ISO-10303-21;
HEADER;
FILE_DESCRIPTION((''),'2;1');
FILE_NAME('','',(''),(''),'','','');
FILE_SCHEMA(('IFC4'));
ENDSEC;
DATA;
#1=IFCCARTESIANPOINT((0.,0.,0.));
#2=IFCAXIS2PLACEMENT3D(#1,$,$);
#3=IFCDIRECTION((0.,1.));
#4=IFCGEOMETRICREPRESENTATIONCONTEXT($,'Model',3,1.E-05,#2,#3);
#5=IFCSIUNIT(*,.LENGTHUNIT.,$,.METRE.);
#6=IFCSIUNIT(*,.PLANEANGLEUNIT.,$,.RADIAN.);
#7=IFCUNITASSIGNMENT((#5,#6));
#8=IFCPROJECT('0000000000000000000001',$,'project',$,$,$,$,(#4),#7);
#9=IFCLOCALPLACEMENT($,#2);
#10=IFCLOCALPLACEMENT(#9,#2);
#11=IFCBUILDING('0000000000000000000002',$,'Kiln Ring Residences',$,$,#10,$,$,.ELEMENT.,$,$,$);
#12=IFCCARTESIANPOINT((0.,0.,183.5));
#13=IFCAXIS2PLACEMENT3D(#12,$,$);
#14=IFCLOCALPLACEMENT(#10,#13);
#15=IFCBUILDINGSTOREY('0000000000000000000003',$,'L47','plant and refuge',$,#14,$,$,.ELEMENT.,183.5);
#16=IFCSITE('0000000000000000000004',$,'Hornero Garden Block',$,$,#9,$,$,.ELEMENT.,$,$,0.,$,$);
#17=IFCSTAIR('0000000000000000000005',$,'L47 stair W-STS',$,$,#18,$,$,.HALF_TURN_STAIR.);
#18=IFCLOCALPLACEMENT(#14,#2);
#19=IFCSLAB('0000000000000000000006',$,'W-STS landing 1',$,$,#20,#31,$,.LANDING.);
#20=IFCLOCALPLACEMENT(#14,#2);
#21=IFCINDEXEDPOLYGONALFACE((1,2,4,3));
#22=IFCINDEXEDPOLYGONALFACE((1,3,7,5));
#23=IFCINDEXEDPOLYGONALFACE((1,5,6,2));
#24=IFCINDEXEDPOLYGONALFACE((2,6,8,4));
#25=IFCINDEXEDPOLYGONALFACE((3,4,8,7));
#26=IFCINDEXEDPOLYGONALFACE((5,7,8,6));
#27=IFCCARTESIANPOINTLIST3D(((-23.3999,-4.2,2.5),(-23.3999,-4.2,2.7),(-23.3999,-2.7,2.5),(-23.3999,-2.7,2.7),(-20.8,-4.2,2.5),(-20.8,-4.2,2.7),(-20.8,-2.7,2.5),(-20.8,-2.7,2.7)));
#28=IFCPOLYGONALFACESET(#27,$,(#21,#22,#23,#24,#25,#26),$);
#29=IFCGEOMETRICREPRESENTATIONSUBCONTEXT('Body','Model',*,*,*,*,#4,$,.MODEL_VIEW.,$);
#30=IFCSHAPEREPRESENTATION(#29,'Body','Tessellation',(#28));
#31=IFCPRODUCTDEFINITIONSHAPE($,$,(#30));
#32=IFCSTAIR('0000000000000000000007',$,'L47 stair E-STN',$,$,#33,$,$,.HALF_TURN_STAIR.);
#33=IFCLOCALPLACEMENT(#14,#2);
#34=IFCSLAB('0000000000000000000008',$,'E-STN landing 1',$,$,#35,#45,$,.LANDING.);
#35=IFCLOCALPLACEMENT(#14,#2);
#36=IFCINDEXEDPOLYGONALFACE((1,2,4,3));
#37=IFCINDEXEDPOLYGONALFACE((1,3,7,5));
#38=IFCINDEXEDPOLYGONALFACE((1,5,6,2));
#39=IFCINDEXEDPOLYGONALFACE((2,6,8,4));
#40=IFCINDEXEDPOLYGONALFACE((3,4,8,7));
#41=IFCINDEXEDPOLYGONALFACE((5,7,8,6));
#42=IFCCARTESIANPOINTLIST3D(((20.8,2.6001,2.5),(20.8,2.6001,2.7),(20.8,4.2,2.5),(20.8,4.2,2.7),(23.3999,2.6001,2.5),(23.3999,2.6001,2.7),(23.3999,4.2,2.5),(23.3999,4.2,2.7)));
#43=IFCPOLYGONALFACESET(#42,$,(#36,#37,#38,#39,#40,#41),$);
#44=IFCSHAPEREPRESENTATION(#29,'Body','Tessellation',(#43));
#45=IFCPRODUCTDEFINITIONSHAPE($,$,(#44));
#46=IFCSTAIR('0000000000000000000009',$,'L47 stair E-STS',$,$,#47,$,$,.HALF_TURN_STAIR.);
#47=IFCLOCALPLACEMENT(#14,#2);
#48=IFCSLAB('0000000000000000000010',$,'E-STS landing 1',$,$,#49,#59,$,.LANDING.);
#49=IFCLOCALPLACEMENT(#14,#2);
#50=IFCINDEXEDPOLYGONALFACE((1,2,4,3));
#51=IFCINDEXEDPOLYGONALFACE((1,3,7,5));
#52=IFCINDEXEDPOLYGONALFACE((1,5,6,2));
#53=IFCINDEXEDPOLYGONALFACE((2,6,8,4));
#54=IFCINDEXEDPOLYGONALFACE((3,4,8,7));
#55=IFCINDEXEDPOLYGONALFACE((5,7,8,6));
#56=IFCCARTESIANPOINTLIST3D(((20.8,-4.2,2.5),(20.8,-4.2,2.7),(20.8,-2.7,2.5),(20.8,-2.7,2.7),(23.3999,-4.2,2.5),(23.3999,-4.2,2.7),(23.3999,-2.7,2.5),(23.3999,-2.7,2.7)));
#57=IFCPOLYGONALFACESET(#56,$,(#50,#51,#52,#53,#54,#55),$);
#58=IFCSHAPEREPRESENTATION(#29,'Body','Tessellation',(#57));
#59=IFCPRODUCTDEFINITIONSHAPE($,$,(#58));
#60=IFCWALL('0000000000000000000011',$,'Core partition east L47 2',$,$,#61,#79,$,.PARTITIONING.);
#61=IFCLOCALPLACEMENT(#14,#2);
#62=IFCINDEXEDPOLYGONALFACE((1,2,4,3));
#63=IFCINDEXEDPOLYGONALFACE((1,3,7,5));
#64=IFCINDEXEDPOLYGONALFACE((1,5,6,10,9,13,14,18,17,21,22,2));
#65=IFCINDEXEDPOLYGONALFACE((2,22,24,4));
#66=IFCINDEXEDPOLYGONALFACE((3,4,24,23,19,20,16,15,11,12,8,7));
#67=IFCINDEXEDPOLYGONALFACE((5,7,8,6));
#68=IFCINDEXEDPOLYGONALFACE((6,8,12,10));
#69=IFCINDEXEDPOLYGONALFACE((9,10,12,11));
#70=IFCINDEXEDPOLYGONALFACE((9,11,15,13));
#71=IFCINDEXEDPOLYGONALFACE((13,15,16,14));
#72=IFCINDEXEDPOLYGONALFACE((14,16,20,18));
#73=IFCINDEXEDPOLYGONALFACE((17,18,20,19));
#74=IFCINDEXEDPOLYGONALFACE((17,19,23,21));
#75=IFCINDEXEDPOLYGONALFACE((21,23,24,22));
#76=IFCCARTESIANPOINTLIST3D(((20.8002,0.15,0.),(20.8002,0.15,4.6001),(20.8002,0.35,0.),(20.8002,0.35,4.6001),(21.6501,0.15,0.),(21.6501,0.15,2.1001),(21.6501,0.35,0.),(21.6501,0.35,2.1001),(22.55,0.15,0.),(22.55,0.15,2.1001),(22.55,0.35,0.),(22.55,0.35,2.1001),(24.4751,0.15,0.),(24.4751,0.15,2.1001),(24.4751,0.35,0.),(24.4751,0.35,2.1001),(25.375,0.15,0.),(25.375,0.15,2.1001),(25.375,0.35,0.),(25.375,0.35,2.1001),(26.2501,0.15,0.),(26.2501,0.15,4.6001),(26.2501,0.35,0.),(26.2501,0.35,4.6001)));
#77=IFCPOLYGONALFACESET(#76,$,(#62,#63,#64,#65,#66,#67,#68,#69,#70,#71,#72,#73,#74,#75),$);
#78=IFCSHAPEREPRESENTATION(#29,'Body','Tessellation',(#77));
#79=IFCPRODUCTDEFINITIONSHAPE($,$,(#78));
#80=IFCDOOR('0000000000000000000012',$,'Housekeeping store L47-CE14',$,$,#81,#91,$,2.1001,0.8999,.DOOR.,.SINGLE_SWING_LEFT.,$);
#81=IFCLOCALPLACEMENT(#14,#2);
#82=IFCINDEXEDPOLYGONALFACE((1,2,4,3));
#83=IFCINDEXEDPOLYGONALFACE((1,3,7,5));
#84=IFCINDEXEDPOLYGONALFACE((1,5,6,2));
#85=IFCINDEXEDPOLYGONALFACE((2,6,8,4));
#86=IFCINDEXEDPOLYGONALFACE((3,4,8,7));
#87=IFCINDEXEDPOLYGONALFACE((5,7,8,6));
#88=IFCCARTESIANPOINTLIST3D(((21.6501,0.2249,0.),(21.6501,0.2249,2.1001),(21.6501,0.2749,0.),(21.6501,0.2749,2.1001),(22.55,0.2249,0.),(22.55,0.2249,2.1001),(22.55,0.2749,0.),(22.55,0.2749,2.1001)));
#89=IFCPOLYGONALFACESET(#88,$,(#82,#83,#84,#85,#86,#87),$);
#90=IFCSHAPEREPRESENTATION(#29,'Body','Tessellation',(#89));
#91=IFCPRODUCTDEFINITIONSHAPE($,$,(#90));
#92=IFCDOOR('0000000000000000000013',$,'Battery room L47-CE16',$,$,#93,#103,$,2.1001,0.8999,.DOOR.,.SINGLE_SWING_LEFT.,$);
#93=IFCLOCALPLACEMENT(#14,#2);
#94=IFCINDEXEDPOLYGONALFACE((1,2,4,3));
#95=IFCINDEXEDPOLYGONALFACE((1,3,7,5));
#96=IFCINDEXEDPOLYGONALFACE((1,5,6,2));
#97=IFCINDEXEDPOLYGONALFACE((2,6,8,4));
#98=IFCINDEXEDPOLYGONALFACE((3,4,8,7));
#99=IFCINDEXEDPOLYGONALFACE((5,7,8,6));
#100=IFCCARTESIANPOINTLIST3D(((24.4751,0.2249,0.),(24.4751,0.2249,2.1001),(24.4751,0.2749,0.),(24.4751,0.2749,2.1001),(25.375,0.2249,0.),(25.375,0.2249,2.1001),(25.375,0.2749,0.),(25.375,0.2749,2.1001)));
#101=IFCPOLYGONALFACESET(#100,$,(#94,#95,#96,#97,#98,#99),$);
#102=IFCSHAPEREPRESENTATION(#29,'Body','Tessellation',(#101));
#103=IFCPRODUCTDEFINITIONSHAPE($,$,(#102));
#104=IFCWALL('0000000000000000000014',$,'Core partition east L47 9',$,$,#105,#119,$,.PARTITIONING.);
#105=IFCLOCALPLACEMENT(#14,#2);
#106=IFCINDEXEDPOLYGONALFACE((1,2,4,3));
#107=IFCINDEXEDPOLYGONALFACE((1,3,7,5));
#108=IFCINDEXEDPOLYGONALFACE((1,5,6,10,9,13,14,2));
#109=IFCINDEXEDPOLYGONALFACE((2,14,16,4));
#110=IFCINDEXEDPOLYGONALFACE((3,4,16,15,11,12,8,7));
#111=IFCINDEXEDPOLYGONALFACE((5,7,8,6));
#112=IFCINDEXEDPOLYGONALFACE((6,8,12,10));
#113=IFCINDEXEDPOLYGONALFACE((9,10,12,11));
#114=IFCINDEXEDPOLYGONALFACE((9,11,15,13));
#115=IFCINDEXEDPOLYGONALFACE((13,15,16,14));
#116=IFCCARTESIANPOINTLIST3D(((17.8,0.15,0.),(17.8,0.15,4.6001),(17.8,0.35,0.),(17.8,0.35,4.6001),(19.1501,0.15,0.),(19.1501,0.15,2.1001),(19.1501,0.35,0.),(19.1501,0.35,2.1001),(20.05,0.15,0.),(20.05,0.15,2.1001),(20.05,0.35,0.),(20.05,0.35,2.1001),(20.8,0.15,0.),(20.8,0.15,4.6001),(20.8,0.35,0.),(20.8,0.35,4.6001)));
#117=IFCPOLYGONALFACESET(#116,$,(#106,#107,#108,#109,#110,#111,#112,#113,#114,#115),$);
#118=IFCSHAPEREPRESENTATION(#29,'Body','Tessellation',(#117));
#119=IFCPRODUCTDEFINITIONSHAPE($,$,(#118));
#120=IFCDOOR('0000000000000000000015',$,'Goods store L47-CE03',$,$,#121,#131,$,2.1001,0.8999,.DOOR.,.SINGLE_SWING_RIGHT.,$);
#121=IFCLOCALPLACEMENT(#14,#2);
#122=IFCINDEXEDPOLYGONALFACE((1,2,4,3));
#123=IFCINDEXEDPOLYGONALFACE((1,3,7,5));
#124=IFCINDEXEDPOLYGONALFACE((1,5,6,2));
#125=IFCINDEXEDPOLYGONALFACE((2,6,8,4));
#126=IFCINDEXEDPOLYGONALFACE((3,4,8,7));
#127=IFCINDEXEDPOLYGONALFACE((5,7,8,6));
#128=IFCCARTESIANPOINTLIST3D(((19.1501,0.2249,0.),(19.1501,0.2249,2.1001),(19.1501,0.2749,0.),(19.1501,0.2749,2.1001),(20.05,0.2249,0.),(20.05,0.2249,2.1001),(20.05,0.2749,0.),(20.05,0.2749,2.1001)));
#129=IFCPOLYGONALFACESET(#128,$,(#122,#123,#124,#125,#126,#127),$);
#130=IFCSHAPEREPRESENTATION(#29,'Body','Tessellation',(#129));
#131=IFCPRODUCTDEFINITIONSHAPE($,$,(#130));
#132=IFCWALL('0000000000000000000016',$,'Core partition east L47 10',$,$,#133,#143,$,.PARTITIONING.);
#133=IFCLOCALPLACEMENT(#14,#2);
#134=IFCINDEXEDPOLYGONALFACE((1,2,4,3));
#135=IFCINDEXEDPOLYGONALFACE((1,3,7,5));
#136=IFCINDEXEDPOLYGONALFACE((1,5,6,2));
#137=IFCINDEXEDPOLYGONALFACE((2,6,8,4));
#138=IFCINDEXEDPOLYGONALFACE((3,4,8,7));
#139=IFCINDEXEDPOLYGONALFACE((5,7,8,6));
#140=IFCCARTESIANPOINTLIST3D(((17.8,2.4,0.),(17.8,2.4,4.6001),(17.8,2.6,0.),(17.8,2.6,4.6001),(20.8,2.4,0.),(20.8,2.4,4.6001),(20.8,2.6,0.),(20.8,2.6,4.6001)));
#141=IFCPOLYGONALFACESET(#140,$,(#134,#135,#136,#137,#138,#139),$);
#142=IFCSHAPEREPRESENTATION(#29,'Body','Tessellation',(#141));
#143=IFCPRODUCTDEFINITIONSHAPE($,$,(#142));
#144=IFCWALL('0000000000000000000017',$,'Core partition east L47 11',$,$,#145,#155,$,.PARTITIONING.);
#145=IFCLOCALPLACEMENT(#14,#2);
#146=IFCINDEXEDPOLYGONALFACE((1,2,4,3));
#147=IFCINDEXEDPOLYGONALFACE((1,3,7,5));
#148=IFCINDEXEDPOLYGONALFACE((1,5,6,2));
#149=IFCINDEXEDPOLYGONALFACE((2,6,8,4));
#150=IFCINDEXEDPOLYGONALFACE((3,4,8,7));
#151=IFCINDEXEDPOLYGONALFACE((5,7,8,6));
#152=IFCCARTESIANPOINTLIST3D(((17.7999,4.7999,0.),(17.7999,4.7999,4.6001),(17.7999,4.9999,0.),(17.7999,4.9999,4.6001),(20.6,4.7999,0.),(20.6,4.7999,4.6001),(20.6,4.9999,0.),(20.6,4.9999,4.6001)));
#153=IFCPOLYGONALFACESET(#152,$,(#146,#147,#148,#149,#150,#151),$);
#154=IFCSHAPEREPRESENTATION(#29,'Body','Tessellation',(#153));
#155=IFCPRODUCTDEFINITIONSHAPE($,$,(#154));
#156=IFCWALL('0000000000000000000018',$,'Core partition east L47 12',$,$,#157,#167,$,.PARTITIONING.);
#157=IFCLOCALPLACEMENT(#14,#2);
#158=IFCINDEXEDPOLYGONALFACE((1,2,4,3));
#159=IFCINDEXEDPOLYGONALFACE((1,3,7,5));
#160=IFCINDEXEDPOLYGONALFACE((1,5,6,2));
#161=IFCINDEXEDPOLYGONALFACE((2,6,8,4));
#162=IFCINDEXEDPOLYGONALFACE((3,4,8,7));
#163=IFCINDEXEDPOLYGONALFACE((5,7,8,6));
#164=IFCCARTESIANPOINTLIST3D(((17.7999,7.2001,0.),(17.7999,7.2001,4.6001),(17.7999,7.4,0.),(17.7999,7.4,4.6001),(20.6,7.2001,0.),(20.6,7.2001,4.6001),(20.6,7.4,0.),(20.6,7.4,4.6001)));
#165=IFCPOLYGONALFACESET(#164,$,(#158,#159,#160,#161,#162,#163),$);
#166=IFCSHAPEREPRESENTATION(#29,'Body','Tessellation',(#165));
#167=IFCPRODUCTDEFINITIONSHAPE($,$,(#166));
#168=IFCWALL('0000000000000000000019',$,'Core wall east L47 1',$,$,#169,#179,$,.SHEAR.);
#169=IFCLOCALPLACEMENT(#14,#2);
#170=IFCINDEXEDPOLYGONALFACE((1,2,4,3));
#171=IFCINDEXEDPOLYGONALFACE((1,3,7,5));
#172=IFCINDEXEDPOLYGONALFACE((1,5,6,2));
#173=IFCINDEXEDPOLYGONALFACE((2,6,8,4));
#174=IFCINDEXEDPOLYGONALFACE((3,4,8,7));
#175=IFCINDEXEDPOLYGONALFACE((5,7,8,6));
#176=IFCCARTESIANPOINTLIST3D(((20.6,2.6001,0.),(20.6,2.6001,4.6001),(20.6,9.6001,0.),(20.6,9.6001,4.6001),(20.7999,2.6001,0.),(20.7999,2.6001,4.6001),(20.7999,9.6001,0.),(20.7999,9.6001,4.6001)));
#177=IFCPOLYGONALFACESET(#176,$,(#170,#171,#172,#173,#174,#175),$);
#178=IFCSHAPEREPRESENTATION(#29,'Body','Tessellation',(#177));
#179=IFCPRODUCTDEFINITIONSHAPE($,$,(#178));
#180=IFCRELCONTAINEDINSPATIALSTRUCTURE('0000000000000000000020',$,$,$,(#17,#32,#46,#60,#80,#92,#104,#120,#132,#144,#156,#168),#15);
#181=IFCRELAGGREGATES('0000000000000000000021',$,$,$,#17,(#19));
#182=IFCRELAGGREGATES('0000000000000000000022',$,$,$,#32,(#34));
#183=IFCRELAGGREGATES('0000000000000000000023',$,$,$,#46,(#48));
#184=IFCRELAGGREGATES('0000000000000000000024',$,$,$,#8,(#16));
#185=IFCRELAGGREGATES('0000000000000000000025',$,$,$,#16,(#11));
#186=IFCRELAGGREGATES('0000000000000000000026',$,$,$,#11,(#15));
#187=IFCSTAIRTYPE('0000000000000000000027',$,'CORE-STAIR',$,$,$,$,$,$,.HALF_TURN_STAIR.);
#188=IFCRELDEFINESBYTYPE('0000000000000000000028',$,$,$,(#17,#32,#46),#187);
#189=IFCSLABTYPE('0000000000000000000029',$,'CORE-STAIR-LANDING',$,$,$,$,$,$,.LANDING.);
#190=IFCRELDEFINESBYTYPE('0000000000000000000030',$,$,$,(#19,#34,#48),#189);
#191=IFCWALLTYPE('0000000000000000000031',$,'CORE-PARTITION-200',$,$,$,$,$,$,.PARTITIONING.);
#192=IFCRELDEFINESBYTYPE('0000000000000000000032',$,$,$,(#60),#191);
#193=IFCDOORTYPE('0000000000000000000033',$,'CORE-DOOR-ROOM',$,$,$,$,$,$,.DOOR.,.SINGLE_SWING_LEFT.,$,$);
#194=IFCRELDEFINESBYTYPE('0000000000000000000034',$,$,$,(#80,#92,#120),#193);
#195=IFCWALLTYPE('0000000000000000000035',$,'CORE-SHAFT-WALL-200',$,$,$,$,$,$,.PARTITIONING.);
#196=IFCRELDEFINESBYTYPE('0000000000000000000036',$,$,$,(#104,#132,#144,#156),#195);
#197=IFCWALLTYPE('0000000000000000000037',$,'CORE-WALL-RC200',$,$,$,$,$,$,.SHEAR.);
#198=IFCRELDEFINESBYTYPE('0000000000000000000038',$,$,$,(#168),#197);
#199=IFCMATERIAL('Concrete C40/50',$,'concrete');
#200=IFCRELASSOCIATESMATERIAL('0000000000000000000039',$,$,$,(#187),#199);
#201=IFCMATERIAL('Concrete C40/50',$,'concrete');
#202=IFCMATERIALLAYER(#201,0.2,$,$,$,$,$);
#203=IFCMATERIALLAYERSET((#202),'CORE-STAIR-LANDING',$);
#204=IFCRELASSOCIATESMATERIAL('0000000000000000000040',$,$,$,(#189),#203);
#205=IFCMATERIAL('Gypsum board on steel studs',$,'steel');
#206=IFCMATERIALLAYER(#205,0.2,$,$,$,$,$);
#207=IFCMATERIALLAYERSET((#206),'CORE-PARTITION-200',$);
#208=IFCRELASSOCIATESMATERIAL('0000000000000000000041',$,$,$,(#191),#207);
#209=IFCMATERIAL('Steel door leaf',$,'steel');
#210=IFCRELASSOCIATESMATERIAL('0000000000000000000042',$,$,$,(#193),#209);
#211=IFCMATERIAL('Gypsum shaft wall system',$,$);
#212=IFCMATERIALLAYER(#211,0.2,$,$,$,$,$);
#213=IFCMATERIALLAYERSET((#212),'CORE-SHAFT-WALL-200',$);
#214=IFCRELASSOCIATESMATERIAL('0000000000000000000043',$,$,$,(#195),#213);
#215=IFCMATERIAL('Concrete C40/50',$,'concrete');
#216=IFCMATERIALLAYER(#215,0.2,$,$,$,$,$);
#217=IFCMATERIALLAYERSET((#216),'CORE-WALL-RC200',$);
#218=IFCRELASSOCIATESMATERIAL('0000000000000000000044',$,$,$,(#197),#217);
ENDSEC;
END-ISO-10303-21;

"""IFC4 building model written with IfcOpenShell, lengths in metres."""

from ifc_helpers import new_model, si_unit, direction, frame, frame_2d, origin, place, context, subcontext, project, spatial, polyline, rectangle, outline, extrude, material, layer, layer_set, type_object, element, fill, aggregate, save


model = new_model("IFC4")

# Units and contexts
model_context = context("Model", 3, precision=1e-05, world=origin(), true_north=direction((0.0, 1.0)))
body_context = subcontext(model_context, "Body", "Model", "MODEL_VIEW")
ifc_project = project(units=[si_unit("LENGTHUNIT", "METRE"), si_unit("PLANEANGLEUNIT", "RADIAN")], contexts=[model_context])

# Site, building, storey
site_placement = place(None, origin())
site = spatial("IfcSite", under=ifc_project, at=site_placement, Name="Hornero Garden Block", CompositionType="ELEMENT", RefElevation=0.0)
building_placement = place(site_placement, origin())
building = spatial("IfcBuilding", under=site, at=building_placement, Name="Kiln Ring Residences", CompositionType="ELEMENT")
storey_placement = place(building_placement, frame((0.0, 0.0, 183.5)))
storey = spatial("IfcBuildingStorey", under=building, at=storey_placement, Name="L47", Description="plant and refuge", CompositionType="ELEMENT", Elevation=183.5)

# Stairs, slabs
ifc_material_1 = material(Name="Concrete C40/50", Category="concrete")
stair_type = type_object("IfcStairType", Name="CORE-STAIR", PredefinedType="HALF_TURN_STAIR", material=ifc_material_1)
placement_1 = place(storey_placement, origin())
stair_1 = element("IfcStair", 1, at=placement_1, inside=storey, type_object=stair_type, Name="L47 stair W-STS", PredefinedType="HALF_TURN_STAIR")
ifc_material_2 = material(Name="Concrete C40/50", Category="concrete")
ifc_layer_1 = layer(ifc_material_2, 0.2)
ifc_layer_set_1 = layer_set([ifc_layer_1], Name="CORE-STAIR-LANDING")
slab_type = type_object("IfcSlabType", Name="CORE-STAIR-LANDING", PredefinedType="LANDING", material=ifc_layer_set_1)
placement_2 = place(storey_placement, frame((0.0, 0.0, 2.5)))
slab_1 = element("IfcSlab", 2, at=placement_2, type_object=slab_type, Name="W-STS landing 1", PredefinedType="LANDING", context=body_context, shape_type="SweptSolid", body=[
    extrude(outline(polyline([(-20.8, -4.2), (-20.8, -2.7), (-23.3999, -2.7), (-23.3999, -4.2), (-20.8, -4.2)])), origin(), (0.0, 0.0, 1.0), 0.2),
])
aggregate(stair_1, [slab_1])
stair_2 = element("IfcStair", 3, at=placement_1, inside=storey, type_object=stair_type, Name="L47 stair E-STN", PredefinedType="HALF_TURN_STAIR")
slab_2 = element("IfcSlab", 4, at=placement_2, type_object=slab_type, Name="E-STN landing 1", PredefinedType="LANDING", context=body_context, shape_type="SweptSolid", body=[
    extrude(outline(polyline([(20.8, 4.2), (20.8, 2.6001), (23.3999, 2.6001), (23.3999, 4.2), (20.8, 4.2)])), origin(), (0.0, 0.0, 1.0), 0.2),
])
aggregate(stair_2, [slab_2])
stair_3 = element("IfcStair", 5, at=placement_1, inside=storey, type_object=stair_type, Name="L47 stair E-STS", PredefinedType="HALF_TURN_STAIR")
slab_3 = element("IfcSlab", 6, at=placement_2, type_object=slab_type, Name="E-STS landing 1", PredefinedType="LANDING", context=body_context, shape_type="SweptSolid", body=[
    extrude(outline(polyline([(23.3999, -4.2), (23.3999, -2.7), (20.8, -2.7), (20.8, -4.2), (23.3999, -4.2)])), origin(), (0.0, 0.0, 1.0), 0.2),
])
aggregate(stair_3, [slab_3])

# Wall, openings, doors
ifc_material_3 = material(Name="Gypsum board on steel studs", Category="steel")
ifc_layer_2 = layer(ifc_material_3, 0.2)
ifc_layer_set_2 = layer_set([ifc_layer_2], Name="CORE-PARTITION-200")
wall_type_1 = type_object("IfcWallType", Name="CORE-PARTITION-200", PredefinedType="PARTITIONING", material=ifc_layer_set_2)
wall_1_placement = place(storey_placement, frame((20.8, 0.25, 0.0), z_axis=(0.0, 0.0, 1.0), x_axis=(1.0, 0.0, 0.0)))
wall_1 = element("IfcWall", 7, at=wall_1_placement, inside=storey, type_object=wall_type_1, Name="Core partition east L47 2", PredefinedType="PARTITIONING", context=body_context, shape_type="SweptSolid", body=[
    extrude(rectangle(XDim=5.45, YDim=0.2, at=frame_2d((2.7251, 0.0))), origin(), (0.0, 0.0, 1.0), 4.6001),
])
opening_1_placement = place(wall_1_placement, frame((0.8501, 0.0, 0.0)))
opening_1 = element("IfcOpeningElement", 8, at=opening_1_placement, cuts=wall_1, PredefinedType="OPENING", context=body_context, shape_type="SweptSolid", body=[
    extrude(rectangle(XDim=0.8999, YDim=2.1001, at=frame_2d((0.45, 1.05))), frame((0.0, 0.1099, 0.0), z_axis=(0.0, -1.0, 0.0), x_axis=(1.0, 0.0, 0.0)), (0.0, 0.0, 1.0), 0.22),
])
opening_2_placement = place(wall_1_placement, frame((3.675, 0.0, 0.0)))
opening_2 = element("IfcOpeningElement", 9, at=opening_2_placement, cuts=wall_1, PredefinedType="OPENING", context=body_context, shape_type="SweptSolid", body=[
    extrude(rectangle(XDim=0.8999, YDim=2.1001, at=frame_2d((0.45, 1.05))), frame((0.0, 0.1099, 0.0), z_axis=(0.0, -1.0, 0.0), x_axis=(1.0, 0.0, 0.0)), (0.0, 0.0, 1.0), 0.22),
])
ifc_material_4 = material(Name="Steel door leaf", Category="steel")
door_type = type_object("IfcDoorType", Name="CORE-DOOR-ROOM", OperationType="SINGLE_SWING_LEFT", PredefinedType="DOOR", material=ifc_material_4)
door_1_placement = place(opening_1_placement, origin())
door_1 = element("IfcDoor", 10, at=door_1_placement, inside=storey, type_object=door_type, Name="Housekeeping store L47-CE14", OperationType="SINGLE_SWING_LEFT", OverallHeight=2.1001, OverallWidth=0.8999, PredefinedType="DOOR", context=body_context, shape_type="SweptSolid", body=[
    extrude(rectangle(XDim=0.8999, YDim=2.1001, at=frame_2d((0.45, 1.05))), frame((0.0, 0.0249, 0.0), z_axis=(0.0, -1.0, 0.0), x_axis=(1.0, 0.0, 0.0)), (0.0, 0.0, 1.0), 0.05),
])
fill(opening_1, door_1)
door_2_placement = place(opening_2_placement, origin())
door_2 = element("IfcDoor", 11, at=door_2_placement, inside=storey, type_object=door_type, Name="Battery room L47-CE16", OperationType="SINGLE_SWING_LEFT", OverallHeight=2.1001, OverallWidth=0.8999, PredefinedType="DOOR", context=body_context, shape_type="SweptSolid", body=[
    extrude(rectangle(XDim=0.8999, YDim=2.1001, at=frame_2d((0.45, 1.05))), frame((0.0, 0.0249, 0.0), z_axis=(0.0, -1.0, 0.0), x_axis=(1.0, 0.0, 0.0)), (0.0, 0.0, 1.0), 0.05),
])
fill(opening_2, door_2)

# Wall, opening, door
ifc_material_5 = material(Name="Gypsum shaft wall system")
ifc_layer_3 = layer(ifc_material_5, 0.2)
ifc_layer_set_3 = layer_set([ifc_layer_3], Name="CORE-SHAFT-WALL-200")
wall_type_2 = type_object("IfcWallType", Name="CORE-SHAFT-WALL-200", PredefinedType="PARTITIONING", material=ifc_layer_set_3)
wall_2_placement = place(storey_placement, frame((17.8, 0.25, 0.0), z_axis=(0.0, 0.0, 1.0), x_axis=(1.0, 0.0, 0.0)))
wall_2 = element("IfcWall", 12, at=wall_2_placement, inside=storey, type_object=wall_type_2, Name="Core partition east L47 9", PredefinedType="PARTITIONING", context=body_context, shape_type="SweptSolid", body=[
    extrude(rectangle(XDim=3.0, YDim=0.2, at=frame_2d((1.5, 0.0))), origin(), (0.0, 0.0, 1.0), 4.6001),
])
opening_3_placement = place(wall_2_placement, frame((1.3501, 0.0, 0.0)))
opening_3 = element("IfcOpeningElement", 13, at=opening_3_placement, cuts=wall_2, PredefinedType="OPENING", context=body_context, shape_type="SweptSolid", body=[
    extrude(rectangle(XDim=0.8999, YDim=2.1001, at=frame_2d((0.45, 1.05))), frame((0.0, 0.1099, 0.0), z_axis=(0.0, -1.0, 0.0), x_axis=(1.0, 0.0, 0.0)), (0.0, 0.0, 1.0), 0.22),
])
door_3_placement = place(opening_3_placement, origin())
door_3 = element("IfcDoor", 14, at=door_3_placement, inside=storey, type_object=door_type, Name="Goods store L47-CE03", OperationType="SINGLE_SWING_RIGHT", OverallHeight=2.1001, OverallWidth=0.8999, PredefinedType="DOOR", context=body_context, shape_type="SweptSolid", body=[
    extrude(rectangle(XDim=0.8999, YDim=2.1001, at=frame_2d((0.45, 1.05))), frame((0.0, 0.0249, 0.0), z_axis=(0.0, -1.0, 0.0), x_axis=(1.0, 0.0, 0.0)), (0.0, 0.0, 1.0), 0.05),
])
fill(opening_3, door_3)

# Walls
wall_3_placement = place(storey_placement, frame((17.8, 2.5, 0.0), z_axis=(0.0, 0.0, 1.0), x_axis=(1.0, 0.0, 0.0)))
element("IfcWall", 15, at=wall_3_placement, inside=storey, type_object=wall_type_2, Name="Core partition east L47 10", PredefinedType="PARTITIONING", context=body_context, shape_type="SweptSolid", body=[
    extrude(rectangle(XDim=3.0, YDim=0.2, at=frame_2d((1.5, 0.0))), origin(), (0.0, 0.0, 1.0), 4.6001),
])
for number, where, z_axis, x_axis, name in (
    (16, (17.8, 4.8999, 0.0), (0.0, 0.0, 1.0), (1.0, 0.0, 0.0), "Core partition east L47 11"),
    (17, (17.8, 7.3, 0.0), (0.0, 0.0, 1.0), (1.0, 0.0, 0.0), "Core partition east L47 12"),
):
    element("IfcWall", number, at=place(storey_placement, frame(where, z_axis=z_axis, x_axis=x_axis)), inside=storey, type_object=wall_type_2, Name=name, PredefinedType="PARTITIONING", context=body_context, shape_type="SweptSolid", body=[
        extrude(rectangle(XDim=2.8, YDim=0.2, at=frame_2d((1.3999, 0.0))), origin(), (0.0, 0.0, 1.0), 4.6001),
    ])
ifc_material_6 = material(Name="Concrete C40/50", Category="concrete")
ifc_layer_4 = layer(ifc_material_6, 0.2)
ifc_layer_set_4 = layer_set([ifc_layer_4], Name="CORE-WALL-RC200")
wall_type_3 = type_object("IfcWallType", Name="CORE-WALL-RC200", PredefinedType="SHEAR", material=ifc_layer_set_4)
wall_4_placement = place(storey_placement, frame((20.7, 2.6001, 0.0), z_axis=(0.0, 0.0, 1.0), x_axis=(0.0, 1.0, 0.0)))
element("IfcWall", 18, at=wall_4_placement, inside=storey, type_object=wall_type_3, Name="Core wall east L47 1", PredefinedType="SHEAR", context=body_context, shape_type="SweptSolid", body=[
    extrude(rectangle(XDim=7.0, YDim=0.2, at=frame_2d((3.5, 0.0))), origin(), (0.0, 0.0, 1.0), 4.6001),
])

save(model, "model.ifc")
